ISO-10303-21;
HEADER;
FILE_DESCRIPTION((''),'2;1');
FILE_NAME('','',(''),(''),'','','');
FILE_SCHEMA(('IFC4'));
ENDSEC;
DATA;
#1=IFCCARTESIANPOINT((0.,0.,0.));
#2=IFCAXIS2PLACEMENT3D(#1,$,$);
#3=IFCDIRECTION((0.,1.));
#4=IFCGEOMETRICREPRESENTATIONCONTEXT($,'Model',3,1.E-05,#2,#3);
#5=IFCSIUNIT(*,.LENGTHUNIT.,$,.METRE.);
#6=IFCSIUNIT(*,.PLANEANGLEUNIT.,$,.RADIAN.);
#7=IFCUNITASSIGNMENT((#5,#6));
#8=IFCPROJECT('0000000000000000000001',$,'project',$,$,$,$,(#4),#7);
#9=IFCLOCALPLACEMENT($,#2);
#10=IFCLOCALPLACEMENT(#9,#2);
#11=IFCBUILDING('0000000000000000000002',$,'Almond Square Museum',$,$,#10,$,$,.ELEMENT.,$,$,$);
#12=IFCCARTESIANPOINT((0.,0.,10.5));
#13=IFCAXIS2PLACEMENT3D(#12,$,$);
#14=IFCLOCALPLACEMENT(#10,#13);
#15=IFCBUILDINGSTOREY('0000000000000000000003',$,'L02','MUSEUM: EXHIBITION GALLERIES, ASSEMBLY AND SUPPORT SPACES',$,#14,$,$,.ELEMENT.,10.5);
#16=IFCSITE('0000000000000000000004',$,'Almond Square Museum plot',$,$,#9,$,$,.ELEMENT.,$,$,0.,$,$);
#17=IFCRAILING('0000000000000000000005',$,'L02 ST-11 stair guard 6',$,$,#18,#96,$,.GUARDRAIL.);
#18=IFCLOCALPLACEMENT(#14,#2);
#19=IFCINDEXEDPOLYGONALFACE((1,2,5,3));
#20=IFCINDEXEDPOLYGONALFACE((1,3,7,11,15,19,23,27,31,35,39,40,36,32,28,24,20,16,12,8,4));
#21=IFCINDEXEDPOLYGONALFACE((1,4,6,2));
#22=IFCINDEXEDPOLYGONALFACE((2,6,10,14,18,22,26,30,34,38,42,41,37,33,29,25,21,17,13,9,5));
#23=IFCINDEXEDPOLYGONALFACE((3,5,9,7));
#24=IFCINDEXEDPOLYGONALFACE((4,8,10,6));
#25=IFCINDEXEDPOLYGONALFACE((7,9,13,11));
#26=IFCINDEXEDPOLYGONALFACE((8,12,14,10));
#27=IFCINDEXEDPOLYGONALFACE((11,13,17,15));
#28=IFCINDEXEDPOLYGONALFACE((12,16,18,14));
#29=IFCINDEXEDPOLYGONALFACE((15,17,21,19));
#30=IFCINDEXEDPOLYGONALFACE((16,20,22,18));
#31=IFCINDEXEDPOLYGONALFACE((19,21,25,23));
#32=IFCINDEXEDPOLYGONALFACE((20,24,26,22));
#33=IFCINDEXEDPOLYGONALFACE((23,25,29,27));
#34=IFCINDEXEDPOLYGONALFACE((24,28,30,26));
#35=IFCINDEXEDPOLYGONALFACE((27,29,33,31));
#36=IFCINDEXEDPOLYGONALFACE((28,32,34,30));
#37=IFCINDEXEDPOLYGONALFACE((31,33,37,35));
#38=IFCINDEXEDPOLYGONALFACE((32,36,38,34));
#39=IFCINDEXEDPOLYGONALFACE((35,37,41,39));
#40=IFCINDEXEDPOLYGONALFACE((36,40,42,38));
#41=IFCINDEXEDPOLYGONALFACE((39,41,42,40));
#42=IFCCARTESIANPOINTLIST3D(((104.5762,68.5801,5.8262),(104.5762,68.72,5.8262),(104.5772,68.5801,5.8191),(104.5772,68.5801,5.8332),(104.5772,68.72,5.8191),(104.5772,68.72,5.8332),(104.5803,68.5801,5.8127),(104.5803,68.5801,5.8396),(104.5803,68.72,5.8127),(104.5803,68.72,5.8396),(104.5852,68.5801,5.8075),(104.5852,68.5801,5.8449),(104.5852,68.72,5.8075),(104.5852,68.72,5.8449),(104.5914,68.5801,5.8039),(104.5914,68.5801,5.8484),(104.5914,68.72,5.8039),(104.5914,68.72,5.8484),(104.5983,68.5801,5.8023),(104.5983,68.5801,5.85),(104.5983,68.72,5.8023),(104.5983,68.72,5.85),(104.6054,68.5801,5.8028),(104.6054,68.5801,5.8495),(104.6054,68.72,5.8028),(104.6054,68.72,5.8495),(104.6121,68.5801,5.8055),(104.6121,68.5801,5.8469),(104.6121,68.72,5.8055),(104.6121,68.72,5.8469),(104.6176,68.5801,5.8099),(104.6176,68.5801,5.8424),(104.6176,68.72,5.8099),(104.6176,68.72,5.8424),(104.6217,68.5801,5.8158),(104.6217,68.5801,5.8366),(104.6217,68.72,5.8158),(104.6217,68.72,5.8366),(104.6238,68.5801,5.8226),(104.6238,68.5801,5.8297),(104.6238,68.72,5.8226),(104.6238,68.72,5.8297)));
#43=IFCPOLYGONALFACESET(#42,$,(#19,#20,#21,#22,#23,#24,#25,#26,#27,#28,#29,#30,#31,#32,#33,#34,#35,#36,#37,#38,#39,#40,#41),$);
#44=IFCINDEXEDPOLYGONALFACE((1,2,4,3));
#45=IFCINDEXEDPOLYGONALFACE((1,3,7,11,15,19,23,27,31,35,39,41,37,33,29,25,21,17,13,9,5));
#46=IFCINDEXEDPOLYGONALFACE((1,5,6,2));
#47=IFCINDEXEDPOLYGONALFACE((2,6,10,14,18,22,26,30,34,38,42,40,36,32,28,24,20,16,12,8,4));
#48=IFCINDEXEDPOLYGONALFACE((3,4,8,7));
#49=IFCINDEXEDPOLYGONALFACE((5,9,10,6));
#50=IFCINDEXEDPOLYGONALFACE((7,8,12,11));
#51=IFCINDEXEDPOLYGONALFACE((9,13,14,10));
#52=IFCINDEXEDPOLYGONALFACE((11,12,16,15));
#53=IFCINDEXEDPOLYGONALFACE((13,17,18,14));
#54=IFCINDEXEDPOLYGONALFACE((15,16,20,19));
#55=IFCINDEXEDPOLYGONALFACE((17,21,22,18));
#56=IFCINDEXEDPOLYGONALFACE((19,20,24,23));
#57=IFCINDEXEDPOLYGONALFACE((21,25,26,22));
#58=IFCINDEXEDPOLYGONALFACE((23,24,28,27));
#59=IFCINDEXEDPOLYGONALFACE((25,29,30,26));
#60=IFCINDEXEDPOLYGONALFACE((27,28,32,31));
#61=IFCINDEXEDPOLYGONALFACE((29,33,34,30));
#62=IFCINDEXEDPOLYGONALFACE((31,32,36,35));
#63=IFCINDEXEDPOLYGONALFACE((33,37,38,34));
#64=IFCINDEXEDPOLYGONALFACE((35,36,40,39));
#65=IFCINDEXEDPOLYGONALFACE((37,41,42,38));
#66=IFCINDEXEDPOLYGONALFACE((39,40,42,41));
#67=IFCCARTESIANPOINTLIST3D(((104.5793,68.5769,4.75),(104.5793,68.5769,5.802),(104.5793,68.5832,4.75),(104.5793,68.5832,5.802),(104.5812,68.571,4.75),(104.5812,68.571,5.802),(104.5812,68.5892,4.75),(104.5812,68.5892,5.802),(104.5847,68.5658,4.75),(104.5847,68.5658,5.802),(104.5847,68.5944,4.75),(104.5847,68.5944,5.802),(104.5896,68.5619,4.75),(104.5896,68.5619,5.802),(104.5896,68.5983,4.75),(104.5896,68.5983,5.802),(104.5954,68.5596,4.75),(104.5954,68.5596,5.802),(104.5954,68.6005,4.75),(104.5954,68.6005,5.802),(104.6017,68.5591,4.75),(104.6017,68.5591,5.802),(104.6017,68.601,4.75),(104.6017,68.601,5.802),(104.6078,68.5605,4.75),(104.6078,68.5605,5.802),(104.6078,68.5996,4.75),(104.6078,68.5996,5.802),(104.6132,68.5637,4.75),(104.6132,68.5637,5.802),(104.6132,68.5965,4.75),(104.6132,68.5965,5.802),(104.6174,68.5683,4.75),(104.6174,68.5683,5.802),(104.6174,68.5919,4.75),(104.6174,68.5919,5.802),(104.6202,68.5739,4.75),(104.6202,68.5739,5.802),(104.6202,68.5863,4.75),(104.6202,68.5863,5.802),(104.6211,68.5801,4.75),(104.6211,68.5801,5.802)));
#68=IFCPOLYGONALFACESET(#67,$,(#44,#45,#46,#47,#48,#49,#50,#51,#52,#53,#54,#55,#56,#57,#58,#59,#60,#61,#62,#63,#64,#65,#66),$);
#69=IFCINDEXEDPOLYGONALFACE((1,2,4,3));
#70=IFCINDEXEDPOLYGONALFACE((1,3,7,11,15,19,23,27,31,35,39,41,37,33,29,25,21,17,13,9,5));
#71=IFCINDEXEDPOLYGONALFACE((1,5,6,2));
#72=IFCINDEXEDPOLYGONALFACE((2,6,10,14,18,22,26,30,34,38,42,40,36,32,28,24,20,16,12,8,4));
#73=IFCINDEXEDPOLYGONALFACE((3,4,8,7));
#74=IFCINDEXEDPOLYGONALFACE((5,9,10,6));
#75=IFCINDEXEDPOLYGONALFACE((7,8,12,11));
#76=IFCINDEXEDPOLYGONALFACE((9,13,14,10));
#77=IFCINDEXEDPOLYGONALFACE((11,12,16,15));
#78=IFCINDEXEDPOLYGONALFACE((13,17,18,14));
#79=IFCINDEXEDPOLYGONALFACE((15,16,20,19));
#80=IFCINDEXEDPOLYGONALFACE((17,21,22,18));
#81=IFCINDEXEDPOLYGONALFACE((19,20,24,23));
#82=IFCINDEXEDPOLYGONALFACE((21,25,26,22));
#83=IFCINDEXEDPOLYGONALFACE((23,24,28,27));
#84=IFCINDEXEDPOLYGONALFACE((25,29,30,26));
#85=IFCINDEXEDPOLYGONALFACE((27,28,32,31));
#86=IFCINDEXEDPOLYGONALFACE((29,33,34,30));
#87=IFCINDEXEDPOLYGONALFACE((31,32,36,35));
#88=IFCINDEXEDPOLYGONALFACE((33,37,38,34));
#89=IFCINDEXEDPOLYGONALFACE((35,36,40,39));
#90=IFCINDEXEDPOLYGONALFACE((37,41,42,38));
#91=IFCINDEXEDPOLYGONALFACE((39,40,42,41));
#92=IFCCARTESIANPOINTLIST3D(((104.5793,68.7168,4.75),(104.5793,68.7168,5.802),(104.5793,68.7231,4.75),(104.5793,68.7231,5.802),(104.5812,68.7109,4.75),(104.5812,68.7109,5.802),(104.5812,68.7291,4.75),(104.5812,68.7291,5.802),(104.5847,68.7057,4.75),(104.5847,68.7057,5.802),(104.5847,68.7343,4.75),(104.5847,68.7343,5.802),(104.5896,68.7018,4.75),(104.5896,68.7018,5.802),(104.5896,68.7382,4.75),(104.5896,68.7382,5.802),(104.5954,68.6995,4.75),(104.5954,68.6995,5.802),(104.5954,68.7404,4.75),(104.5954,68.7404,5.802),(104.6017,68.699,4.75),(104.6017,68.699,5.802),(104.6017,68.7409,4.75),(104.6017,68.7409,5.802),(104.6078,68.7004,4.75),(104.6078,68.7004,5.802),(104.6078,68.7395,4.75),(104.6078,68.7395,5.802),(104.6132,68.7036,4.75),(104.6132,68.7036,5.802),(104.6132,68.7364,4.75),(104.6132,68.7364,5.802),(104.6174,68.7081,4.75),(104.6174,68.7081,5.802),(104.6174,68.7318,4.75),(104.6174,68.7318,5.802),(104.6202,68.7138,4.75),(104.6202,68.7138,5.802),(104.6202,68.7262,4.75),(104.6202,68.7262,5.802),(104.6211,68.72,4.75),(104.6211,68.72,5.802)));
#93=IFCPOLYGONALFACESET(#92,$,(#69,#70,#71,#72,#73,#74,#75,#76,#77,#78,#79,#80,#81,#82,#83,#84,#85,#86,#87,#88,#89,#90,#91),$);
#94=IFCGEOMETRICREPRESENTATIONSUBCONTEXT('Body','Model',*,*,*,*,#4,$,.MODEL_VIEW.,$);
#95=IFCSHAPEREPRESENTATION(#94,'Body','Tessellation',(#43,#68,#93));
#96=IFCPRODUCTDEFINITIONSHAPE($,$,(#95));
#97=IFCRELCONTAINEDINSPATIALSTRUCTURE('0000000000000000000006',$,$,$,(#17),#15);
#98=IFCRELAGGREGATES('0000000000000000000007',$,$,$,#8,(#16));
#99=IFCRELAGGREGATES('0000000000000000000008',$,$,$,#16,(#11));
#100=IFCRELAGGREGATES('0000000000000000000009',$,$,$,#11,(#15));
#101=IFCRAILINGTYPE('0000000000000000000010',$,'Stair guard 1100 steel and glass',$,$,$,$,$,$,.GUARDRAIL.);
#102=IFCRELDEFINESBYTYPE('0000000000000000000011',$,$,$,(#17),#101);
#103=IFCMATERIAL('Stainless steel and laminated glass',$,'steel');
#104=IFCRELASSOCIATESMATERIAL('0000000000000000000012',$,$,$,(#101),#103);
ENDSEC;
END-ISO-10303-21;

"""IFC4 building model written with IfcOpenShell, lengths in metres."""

from ifc_helpers import new_model, si_unit, direction, frame, origin, origin_2d, place, context, subcontext, project, spatial, circle, extrude, material, type_object, element, save


model = new_model("IFC4")

# Units and contexts
model_context = context("Model", 3, precision=1e-05, world=origin(), true_north=direction((0.0, 1.0)))
body_context = subcontext(model_context, "Body", "Model", "MODEL_VIEW")
ifc_project = project(units=[si_unit("LENGTHUNIT", "METRE"), si_unit("PLANEANGLEUNIT", "RADIAN")], contexts=[model_context])

# Site, building, storey
site_placement = place(None, origin())
site = spatial("IfcSite", under=ifc_project, at=site_placement, Name="Almond Square Museum plot", CompositionType="ELEMENT", RefElevation=0.0)
building_placement = place(site_placement, origin())
building = spatial("IfcBuilding", under=site, at=building_placement, Name="Almond Square Museum", CompositionType="ELEMENT")
storey_placement = place(building_placement, frame((0.0, 0.0, 10.5)))
storey = spatial("IfcBuildingStorey", under=building, at=storey_placement, Name="L02", Description="MUSEUM: EXHIBITION GALLERIES, ASSEMBLY AND SUPPORT SPACES", CompositionType="ELEMENT", Elevation=10.5)

# Railing
ifc_material_1 = material(Name="Stainless steel and laminated glass", Category="steel")
railing_type_1 = type_object("IfcRailingType", Name="Stair guard 1100 steel and glass", PredefinedType="GUARDRAIL", material=ifc_material_1)
railing_1_placement = place(storey_placement, frame((104.6001, 68.5801, 4.75)))
element("IfcRailing", 1, at=railing_1_placement, inside=storey, type_object=railing_type_1, Name="L02 ST-11 stair guard 6", PredefinedType="GUARDRAIL", context=body_context, shape_type="SweptSolid", body=[
    extrude(circle(Radius=0.0239, at=origin_2d()), frame((0.0, 0.0, 1.0762), z_axis=(0.0, 1.0, 0.0), x_axis=(-1.0, 0.0, 0.0)), (0.0, 0.0, 1.0), 0.1399),
    extrude(circle(Radius=0.021, at=origin_2d()), origin(), (0.0, 0.0, 1.0), 1.052),
    extrude(circle(Radius=0.021, at=origin_2d()), frame((0.0, 0.1399, 0.0)), (0.0, 0.0, 1.0), 1.052),
])

save(model, "model.ifc")
